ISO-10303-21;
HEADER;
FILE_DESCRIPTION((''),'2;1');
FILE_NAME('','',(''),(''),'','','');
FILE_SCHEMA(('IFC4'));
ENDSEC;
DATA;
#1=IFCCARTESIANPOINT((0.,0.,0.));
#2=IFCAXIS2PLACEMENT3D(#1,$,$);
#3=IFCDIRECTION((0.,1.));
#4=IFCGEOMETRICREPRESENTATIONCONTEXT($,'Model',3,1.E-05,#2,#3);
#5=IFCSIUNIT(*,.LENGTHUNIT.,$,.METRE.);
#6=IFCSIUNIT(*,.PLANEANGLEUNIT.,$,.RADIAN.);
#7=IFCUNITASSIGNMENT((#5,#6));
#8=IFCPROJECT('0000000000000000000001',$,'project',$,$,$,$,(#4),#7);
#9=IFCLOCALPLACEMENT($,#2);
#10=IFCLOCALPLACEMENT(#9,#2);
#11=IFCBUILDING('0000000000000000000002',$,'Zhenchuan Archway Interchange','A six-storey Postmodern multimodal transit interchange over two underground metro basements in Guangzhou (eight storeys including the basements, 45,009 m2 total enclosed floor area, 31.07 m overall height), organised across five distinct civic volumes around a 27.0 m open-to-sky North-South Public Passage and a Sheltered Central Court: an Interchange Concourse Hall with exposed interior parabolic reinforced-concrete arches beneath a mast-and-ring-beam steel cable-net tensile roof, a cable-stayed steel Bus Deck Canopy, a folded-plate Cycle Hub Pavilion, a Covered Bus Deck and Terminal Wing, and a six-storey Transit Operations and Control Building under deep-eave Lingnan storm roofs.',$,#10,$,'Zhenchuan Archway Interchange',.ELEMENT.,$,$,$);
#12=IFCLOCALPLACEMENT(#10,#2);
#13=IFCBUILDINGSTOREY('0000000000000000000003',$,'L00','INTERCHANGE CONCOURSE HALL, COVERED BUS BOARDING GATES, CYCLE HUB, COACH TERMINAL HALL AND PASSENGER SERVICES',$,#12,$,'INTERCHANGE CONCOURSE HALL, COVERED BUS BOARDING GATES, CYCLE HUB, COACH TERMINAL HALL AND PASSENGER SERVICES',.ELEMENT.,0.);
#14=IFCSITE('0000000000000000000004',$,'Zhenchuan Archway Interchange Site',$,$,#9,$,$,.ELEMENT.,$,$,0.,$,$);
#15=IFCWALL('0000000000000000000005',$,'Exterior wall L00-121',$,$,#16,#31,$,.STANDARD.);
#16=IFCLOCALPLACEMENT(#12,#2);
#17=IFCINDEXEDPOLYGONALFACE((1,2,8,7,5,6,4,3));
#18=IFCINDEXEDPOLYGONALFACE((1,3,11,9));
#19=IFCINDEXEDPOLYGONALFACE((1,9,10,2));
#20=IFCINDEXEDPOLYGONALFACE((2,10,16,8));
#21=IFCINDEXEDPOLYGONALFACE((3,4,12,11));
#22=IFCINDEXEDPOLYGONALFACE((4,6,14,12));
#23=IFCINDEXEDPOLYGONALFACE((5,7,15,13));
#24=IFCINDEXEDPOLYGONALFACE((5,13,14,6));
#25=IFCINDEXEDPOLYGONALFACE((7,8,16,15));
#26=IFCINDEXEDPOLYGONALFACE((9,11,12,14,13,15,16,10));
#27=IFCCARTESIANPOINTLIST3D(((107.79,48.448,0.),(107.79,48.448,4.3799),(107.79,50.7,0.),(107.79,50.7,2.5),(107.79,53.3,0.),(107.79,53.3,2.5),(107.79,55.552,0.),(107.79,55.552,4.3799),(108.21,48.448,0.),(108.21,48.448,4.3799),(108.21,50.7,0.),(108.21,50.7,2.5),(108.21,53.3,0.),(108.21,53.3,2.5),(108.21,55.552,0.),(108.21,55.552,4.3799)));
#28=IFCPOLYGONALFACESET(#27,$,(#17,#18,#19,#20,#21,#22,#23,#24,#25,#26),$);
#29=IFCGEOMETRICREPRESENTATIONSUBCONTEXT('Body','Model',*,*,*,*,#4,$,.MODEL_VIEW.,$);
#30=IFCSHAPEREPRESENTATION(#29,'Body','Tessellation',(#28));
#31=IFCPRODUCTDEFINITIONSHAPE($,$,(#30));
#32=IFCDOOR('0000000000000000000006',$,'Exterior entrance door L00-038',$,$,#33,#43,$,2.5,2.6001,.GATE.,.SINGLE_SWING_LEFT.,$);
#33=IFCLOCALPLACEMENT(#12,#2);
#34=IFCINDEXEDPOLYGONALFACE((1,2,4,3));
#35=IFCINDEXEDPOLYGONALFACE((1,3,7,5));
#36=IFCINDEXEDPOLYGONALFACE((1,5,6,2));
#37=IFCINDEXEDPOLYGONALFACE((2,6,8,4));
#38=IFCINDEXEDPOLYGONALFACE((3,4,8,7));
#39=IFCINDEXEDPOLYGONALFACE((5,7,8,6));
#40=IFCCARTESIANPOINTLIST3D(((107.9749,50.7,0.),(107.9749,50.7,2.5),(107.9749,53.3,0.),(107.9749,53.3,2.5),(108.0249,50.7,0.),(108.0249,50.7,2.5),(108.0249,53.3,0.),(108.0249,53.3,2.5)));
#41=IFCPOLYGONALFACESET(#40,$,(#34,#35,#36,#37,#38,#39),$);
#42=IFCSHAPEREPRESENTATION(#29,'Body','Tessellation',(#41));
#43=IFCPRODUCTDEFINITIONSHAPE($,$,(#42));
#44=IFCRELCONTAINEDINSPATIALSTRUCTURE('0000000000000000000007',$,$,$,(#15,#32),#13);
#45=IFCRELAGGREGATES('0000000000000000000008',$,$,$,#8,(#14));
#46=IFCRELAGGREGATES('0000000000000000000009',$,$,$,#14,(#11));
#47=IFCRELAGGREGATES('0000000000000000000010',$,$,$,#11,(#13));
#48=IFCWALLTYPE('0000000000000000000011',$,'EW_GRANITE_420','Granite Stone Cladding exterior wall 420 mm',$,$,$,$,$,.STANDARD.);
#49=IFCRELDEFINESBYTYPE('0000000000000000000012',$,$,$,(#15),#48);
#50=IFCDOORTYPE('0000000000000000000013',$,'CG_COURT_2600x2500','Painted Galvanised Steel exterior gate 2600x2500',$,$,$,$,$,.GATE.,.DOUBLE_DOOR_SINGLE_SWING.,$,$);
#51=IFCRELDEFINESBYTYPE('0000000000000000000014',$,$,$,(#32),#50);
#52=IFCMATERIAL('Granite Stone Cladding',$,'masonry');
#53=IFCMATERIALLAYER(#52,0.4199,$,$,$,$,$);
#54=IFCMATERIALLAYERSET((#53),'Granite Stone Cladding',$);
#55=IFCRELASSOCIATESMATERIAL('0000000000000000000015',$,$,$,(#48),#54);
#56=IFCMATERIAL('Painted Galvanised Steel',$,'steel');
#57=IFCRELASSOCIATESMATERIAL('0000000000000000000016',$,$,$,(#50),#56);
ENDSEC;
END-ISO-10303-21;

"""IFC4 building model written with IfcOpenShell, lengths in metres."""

from ifc_helpers import new_model, si_unit, direction, frame, frame_2d, origin, place, context, subcontext, project, spatial, rectangle, extrude, material, layer, layer_set, type_object, element, fill, save


model = new_model("IFC4")

# Units and contexts
model_context = context("Model", 3, precision=1e-05, world=origin(), true_north=direction((0.0, 1.0)))
body_context = subcontext(model_context, "Body", "Model", "MODEL_VIEW")
ifc_project = project(units=[si_unit("LENGTHUNIT", "METRE"), si_unit("PLANEANGLEUNIT", "RADIAN")], contexts=[model_context])

# Site, building, storey
site_placement = place(None, origin())
site = spatial("IfcSite", under=ifc_project, at=site_placement, Name="Zhenchuan Archway Interchange Site", CompositionType="ELEMENT", RefElevation=0.0)
building_placement = place(site_placement, origin())
building = spatial("IfcBuilding", under=site, at=building_placement, Name="Zhenchuan Archway Interchange", Description="A six-storey Postmodern multimodal transit interchange over two underground metro basements in Guangzhou (eight storeys including the basements, 45,009 m2 total enclosed floor area, 31.07 m overall height), organised across five distinct civic volumes around a 27.0 m open-to-sky North-South Public Passage and a Sheltered Central Court: an Interchange Concourse Hall with exposed interior parabolic reinforced-concrete arches beneath a mast-and-ring-beam steel cable-net tensile roof, a cable-stayed steel Bus Deck Canopy, a folded-plate Cycle Hub Pavilion, a Covered Bus Deck and Terminal Wing, and a six-storey Transit Operations and Control Building under deep-eave Lingnan storm roofs.", LongName="Zhenchuan Archway Interchange", CompositionType="ELEMENT")
storey_placement = place(building_placement, origin())
storey = spatial("IfcBuildingStorey", under=building, at=storey_placement, Name="L00", Description="INTERCHANGE CONCOURSE HALL, COVERED BUS BOARDING GATES, CYCLE HUB, COACH TERMINAL HALL AND PASSENGER SERVICES", LongName="INTERCHANGE CONCOURSE HALL, COVERED BUS BOARDING GATES, CYCLE HUB, COACH TERMINAL HALL AND PASSENGER SERVICES", CompositionType="ELEMENT", Elevation=0.0)

# Wall, opening, door
ifc_material_1 = material(Name="Granite Stone Cladding", Category="masonry")
ifc_layer_1 = layer(ifc_material_1, 0.4199)
ifc_layer_set_1 = layer_set([ifc_layer_1], Name="Granite Stone Cladding")
wall_type = type_object("IfcWallType", Name="EW_GRANITE_420", Description="Granite Stone Cladding exterior wall 420 mm", PredefinedType="STANDARD", material=ifc_layer_set_1)
wall_placement = place(storey_placement, frame((108.0, 55.552, 0.0), z_axis=(0.0, 0.0, 1.0), x_axis=(0.0, -1.0, 0.0)))
wall = element("IfcWall", 1, at=wall_placement, inside=storey, type_object=wall_type, Name="Exterior wall L00-121", PredefinedType="STANDARD", context=body_context, shape_type="SweptSolid", body=[
    extrude(rectangle(XDim=7.104, YDim=0.4199, at=frame_2d((3.552, 0.0))), origin(), (0.0, 0.0, 1.0), 4.3799),
])
opening_placement = place(wall_placement, frame((2.252, 0.0, 0.0)))
opening = element("IfcOpeningElement", 2, at=opening_placement, cuts=wall, PredefinedType="OPENING", context=body_context, shape_type="SweptSolid", body=[
    extrude(rectangle(XDim=2.6001, YDim=2.5, at=frame_2d((1.3, 1.25))), frame((0.0, 0.2219, 0.0), z_axis=(0.0, -1.0, 0.0), x_axis=(1.0, 0.0, 0.0)), (0.0, 0.0, 1.0), 0.4438),
])
ifc_material_2 = material(Name="Painted Galvanised Steel", Category="steel")
door_type = type_object("IfcDoorType", Name="CG_COURT_2600x2500", Description="Painted Galvanised Steel exterior gate 2600x2500", OperationType="DOUBLE_DOOR_SINGLE_SWING", PredefinedType="GATE", material=ifc_material_2)
door_placement = place(opening_placement, origin())
door = element("IfcDoor", 3, at=door_placement, inside=storey, type_object=door_type, Name="Exterior entrance door L00-038", OperationType="SINGLE_SWING_LEFT", OverallHeight=2.5, OverallWidth=2.6001, PredefinedType="GATE", context=body_context, shape_type="SweptSolid", body=[
    extrude(rectangle(XDim=2.6001, YDim=2.5, at=frame_2d((1.3, 1.25))), frame((0.0, 0.0249, 0.0), z_axis=(0.0, -1.0, 0.0), x_axis=(1.0, 0.0, 0.0)), (0.0, 0.0, 1.0), 0.05),
])
fill(opening, door)

save(model, "model.ifc")
